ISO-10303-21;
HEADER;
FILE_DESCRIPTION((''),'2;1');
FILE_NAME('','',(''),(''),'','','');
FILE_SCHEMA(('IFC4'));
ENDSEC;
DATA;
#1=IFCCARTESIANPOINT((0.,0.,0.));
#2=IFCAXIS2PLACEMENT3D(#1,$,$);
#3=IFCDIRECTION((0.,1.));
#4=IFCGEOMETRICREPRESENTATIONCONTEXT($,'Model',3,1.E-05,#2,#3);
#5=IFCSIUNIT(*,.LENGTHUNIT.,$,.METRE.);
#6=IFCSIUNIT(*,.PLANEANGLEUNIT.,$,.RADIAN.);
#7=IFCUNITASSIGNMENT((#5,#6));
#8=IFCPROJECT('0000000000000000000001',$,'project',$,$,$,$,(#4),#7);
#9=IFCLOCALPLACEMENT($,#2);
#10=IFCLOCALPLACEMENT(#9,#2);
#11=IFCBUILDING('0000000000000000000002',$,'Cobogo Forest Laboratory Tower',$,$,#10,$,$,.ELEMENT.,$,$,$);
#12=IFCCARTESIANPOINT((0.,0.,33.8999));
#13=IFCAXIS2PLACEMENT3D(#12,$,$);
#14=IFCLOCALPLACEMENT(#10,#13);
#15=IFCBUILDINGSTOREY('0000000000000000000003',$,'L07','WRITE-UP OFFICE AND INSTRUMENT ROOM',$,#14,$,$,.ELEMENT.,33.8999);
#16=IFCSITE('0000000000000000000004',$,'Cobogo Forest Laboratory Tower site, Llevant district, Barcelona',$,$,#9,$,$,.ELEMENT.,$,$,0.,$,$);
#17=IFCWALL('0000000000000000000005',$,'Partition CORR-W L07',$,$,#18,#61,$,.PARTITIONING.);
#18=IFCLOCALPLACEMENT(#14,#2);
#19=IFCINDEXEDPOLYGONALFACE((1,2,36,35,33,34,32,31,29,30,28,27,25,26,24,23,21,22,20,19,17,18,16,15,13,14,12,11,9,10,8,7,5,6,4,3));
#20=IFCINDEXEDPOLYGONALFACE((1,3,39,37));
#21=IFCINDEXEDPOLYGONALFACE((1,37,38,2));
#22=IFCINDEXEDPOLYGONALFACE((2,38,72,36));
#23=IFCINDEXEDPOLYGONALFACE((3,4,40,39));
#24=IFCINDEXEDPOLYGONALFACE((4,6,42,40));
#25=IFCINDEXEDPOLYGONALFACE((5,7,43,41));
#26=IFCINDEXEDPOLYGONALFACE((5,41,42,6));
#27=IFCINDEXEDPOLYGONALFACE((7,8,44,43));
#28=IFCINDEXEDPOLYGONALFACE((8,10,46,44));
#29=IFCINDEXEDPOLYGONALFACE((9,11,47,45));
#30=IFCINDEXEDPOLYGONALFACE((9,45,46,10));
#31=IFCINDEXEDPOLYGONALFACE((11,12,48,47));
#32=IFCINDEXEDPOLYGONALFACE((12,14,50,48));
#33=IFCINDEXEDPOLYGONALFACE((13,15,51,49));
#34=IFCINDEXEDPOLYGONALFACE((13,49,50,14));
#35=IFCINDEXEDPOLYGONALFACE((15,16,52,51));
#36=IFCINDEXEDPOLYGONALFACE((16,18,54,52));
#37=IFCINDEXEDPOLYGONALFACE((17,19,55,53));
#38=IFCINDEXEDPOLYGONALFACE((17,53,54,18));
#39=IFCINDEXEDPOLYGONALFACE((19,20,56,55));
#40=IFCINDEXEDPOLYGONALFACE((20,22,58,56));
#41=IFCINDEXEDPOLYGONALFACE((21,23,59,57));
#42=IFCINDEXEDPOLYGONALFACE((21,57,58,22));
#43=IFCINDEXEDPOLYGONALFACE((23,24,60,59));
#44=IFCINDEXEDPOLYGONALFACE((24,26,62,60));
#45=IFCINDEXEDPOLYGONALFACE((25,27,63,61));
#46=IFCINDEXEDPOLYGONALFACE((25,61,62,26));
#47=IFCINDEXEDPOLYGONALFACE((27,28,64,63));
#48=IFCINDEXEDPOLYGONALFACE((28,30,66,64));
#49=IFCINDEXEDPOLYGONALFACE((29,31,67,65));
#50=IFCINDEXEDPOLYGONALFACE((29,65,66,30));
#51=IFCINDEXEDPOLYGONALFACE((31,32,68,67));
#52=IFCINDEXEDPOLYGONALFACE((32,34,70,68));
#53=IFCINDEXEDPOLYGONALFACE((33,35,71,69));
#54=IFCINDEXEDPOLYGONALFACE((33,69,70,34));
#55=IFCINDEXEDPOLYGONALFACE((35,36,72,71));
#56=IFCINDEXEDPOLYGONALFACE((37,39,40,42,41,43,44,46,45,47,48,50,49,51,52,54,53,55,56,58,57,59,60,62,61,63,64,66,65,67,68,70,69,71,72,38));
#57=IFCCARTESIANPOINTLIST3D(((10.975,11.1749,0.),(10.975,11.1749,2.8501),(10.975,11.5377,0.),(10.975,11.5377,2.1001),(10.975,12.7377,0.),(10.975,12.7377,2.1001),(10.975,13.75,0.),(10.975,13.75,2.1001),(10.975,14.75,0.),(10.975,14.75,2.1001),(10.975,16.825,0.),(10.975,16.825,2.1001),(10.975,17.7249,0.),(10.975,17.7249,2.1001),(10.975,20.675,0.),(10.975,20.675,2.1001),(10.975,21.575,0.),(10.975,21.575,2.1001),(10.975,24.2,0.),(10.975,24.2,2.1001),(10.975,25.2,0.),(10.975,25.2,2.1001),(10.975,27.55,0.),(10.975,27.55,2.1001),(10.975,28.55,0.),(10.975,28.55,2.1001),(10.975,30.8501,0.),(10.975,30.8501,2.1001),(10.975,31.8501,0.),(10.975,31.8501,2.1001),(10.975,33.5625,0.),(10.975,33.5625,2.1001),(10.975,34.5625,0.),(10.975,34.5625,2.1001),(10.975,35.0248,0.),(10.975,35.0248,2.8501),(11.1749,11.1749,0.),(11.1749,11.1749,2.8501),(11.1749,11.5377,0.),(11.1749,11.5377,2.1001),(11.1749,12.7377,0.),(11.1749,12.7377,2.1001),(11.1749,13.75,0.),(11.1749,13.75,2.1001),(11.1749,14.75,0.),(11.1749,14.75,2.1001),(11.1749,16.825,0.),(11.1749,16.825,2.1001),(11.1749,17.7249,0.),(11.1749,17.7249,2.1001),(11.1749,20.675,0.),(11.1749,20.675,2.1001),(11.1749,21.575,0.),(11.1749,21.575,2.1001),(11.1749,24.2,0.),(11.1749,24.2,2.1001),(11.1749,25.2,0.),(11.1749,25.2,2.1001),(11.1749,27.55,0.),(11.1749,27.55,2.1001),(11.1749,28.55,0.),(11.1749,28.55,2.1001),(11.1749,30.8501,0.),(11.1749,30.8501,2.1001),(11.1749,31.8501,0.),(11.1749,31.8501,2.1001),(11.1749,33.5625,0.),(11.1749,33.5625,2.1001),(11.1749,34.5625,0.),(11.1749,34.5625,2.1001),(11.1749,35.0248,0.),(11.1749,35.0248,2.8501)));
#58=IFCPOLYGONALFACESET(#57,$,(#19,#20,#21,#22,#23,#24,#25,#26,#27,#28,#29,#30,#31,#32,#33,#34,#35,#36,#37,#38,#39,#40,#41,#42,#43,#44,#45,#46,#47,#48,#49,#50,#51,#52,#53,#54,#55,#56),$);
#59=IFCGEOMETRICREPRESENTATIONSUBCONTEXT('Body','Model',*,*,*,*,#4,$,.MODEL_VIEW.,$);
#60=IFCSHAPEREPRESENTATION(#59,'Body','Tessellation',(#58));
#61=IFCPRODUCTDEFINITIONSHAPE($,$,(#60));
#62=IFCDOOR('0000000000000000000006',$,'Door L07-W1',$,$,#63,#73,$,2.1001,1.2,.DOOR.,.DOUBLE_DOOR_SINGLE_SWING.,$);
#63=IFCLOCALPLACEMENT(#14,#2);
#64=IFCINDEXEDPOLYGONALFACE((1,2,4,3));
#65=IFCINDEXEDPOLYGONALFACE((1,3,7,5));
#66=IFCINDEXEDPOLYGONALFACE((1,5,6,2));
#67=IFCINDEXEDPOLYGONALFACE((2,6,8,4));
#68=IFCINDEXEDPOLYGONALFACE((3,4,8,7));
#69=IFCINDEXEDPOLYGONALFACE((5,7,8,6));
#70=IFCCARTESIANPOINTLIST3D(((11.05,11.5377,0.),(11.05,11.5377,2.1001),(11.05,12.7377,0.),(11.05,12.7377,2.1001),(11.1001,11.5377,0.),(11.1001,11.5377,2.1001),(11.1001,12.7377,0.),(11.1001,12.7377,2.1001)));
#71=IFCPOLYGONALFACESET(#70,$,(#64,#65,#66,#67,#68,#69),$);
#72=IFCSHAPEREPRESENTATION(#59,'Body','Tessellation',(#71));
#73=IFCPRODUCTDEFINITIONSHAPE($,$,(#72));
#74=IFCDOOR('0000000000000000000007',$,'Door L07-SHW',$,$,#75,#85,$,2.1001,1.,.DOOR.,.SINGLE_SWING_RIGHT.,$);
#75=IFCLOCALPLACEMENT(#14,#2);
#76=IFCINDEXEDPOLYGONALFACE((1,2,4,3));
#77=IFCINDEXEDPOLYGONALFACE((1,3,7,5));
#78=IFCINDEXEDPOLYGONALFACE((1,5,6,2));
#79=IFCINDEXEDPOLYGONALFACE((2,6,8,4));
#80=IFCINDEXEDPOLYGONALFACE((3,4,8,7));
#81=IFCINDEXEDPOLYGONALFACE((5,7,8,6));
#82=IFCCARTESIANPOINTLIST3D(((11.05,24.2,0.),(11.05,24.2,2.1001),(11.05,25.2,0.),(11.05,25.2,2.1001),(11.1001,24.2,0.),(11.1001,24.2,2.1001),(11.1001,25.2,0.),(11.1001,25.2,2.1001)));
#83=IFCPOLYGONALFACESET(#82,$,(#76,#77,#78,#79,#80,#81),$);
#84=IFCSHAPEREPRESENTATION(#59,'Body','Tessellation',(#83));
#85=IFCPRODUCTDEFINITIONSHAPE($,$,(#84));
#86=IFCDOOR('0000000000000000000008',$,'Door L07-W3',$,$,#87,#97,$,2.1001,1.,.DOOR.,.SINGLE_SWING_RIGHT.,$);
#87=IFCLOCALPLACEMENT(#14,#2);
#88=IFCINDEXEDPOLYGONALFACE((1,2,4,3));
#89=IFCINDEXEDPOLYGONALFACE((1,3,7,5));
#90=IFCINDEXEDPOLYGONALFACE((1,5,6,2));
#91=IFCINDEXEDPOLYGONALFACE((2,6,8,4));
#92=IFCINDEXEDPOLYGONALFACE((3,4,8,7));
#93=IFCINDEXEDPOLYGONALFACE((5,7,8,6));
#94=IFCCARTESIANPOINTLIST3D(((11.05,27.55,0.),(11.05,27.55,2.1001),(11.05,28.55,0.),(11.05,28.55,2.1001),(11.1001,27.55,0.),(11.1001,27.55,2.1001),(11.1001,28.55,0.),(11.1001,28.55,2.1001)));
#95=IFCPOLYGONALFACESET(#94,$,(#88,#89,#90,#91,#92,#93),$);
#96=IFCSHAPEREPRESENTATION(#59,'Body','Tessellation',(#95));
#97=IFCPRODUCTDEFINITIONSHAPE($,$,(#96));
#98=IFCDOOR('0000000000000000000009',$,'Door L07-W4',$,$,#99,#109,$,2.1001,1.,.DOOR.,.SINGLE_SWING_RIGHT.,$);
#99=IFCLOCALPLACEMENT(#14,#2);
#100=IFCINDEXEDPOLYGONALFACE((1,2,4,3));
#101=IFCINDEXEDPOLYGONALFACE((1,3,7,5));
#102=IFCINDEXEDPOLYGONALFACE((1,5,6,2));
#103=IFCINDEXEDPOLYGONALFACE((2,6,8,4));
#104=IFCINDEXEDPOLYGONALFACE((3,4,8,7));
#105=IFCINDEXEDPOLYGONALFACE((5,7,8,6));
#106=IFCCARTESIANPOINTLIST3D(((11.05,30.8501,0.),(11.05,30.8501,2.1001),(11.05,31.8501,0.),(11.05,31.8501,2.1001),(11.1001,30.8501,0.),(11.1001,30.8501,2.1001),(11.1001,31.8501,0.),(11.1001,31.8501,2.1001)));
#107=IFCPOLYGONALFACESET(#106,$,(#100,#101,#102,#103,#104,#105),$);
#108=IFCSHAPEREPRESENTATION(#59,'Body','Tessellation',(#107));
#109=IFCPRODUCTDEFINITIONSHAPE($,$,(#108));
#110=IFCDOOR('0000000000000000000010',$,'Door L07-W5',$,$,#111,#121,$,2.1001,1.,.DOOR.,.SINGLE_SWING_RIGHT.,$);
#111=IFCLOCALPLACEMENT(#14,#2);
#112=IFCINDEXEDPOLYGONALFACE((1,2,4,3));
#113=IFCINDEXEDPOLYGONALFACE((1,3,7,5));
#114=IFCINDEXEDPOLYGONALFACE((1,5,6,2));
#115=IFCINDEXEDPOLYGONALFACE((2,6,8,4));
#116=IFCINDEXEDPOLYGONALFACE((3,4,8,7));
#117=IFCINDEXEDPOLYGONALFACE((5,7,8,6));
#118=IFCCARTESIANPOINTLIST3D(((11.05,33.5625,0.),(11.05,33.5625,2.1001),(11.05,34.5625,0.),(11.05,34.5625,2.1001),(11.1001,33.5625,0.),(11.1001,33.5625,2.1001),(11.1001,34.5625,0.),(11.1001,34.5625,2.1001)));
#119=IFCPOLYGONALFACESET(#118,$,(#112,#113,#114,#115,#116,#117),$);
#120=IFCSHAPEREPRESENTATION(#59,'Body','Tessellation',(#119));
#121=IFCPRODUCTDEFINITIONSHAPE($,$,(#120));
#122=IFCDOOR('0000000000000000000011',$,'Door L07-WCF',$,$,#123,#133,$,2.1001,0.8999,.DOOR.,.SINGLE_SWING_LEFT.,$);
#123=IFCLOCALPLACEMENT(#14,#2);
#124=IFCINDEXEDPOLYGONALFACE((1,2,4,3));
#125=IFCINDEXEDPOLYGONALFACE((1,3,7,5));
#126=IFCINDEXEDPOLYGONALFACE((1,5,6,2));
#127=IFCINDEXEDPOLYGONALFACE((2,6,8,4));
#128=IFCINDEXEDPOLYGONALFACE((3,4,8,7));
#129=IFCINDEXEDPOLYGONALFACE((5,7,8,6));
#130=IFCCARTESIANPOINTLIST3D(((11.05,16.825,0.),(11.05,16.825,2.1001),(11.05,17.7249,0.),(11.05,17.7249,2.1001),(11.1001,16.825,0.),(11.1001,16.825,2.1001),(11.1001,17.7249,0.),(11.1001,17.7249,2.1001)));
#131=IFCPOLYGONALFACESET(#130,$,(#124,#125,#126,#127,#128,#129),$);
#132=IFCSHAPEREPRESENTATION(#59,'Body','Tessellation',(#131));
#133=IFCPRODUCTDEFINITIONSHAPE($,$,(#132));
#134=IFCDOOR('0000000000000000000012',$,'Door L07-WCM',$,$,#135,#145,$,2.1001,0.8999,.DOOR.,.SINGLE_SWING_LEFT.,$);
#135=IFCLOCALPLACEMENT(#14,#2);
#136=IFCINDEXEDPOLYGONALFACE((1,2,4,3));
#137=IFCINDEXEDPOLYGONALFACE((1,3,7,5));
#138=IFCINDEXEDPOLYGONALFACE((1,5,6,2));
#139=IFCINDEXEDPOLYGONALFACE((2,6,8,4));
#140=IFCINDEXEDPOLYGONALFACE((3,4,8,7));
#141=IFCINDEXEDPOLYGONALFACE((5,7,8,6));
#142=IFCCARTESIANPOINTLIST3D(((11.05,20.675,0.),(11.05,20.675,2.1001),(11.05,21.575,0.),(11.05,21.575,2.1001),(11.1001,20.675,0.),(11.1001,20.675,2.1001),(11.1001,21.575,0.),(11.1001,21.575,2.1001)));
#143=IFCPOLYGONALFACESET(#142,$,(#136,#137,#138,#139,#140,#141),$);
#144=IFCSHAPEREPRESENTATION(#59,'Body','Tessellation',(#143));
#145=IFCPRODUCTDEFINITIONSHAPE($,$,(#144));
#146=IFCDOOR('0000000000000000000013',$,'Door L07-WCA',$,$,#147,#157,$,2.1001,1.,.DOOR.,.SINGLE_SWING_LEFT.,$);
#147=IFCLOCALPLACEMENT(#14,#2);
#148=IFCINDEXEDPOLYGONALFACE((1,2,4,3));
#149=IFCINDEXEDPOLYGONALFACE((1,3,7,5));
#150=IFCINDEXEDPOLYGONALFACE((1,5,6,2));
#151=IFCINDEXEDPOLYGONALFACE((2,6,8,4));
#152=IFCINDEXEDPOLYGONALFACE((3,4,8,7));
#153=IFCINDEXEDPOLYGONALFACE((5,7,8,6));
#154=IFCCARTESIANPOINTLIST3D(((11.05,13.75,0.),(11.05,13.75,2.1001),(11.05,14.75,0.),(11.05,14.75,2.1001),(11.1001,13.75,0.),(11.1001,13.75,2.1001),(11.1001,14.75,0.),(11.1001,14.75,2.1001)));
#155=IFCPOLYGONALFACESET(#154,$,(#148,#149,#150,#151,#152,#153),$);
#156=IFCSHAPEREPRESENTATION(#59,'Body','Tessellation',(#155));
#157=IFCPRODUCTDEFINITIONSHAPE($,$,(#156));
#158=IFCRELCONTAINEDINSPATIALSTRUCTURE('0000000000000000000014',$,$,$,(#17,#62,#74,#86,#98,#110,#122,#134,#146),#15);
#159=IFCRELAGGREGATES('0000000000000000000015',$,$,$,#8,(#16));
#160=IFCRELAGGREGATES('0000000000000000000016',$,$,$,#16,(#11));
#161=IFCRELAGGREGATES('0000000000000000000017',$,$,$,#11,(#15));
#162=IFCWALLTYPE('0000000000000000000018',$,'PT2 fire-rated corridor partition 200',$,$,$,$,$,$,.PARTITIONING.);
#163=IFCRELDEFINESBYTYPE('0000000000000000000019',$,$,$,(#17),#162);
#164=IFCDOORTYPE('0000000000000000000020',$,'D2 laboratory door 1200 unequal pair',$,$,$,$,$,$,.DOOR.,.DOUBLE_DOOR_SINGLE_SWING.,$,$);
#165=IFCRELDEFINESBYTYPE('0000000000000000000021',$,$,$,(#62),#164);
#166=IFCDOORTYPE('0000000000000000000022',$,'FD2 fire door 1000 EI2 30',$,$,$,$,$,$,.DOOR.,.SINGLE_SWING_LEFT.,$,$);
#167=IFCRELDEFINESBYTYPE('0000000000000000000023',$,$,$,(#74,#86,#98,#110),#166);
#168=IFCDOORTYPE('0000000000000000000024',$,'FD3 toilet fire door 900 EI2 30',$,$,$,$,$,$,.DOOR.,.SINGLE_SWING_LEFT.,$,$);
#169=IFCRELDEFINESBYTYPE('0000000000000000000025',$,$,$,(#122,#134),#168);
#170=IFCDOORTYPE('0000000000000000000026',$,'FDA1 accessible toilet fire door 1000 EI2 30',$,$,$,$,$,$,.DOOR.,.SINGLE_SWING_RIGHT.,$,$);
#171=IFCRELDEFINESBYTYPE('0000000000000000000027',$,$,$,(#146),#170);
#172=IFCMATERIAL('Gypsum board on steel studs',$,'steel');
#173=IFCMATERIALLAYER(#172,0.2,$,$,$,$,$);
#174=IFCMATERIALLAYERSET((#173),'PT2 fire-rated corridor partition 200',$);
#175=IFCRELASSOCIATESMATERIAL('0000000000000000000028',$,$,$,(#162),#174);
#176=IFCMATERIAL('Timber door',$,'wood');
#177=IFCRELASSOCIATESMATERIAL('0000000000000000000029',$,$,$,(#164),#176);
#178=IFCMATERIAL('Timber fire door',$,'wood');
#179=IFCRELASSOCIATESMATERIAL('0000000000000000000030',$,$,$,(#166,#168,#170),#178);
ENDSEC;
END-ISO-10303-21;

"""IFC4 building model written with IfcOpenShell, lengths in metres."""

from ifc_helpers import new_model, si_unit, direction, frame, frame_2d, origin, place, context, subcontext, project, spatial, rectangle, extrude, material, layer, layer_set, type_object, element, fill, save


model = new_model("IFC4")

# Units and contexts
model_context = context("Model", 3, precision=1e-05, world=origin(), true_north=direction((0.0, 1.0)))
body_context = subcontext(model_context, "Body", "Model", "MODEL_VIEW")
ifc_project = project(units=[si_unit("LENGTHUNIT", "METRE"), si_unit("PLANEANGLEUNIT", "RADIAN")], contexts=[model_context])

# Site, building, storey
site_placement = place(None, origin())
site = spatial("IfcSite", under=ifc_project, at=site_placement, Name="Cobogo Forest Laboratory Tower site, Llevant district, Barcelona", CompositionType="ELEMENT", RefElevation=0.0)
building_placement = place(site_placement, origin())
building = spatial("IfcBuilding", under=site, at=building_placement, Name="Cobogo Forest Laboratory Tower", CompositionType="ELEMENT")
storey_placement = place(building_placement, frame((0.0, 0.0, 33.8999)))
storey = spatial("IfcBuildingStorey", under=building, at=storey_placement, Name="L07", Description="WRITE-UP OFFICE AND INSTRUMENT ROOM", CompositionType="ELEMENT", Elevation=33.8999)

# Shared definitions
ifc_material_1 = material(Name="Gypsum board on steel studs", Category="steel")

# Wall, openings, doors
ifc_layer_1 = layer(ifc_material_1, 0.2)
ifc_layer_set_1 = layer_set([ifc_layer_1], Name="PT2 fire-rated corridor partition 200")
wall_type_1 = type_object("IfcWallType", Name="PT2 fire-rated corridor partition 200", PredefinedType="PARTITIONING", material=ifc_layer_set_1)
ifc_material_2 = material(Name="Timber door", Category="wood")
door_type_1 = type_object("IfcDoorType", Name="D2 laboratory door 1200 unequal pair", OperationType="DOUBLE_DOOR_SINGLE_SWING", PredefinedType="DOOR", material=ifc_material_2)
ifc_material_3 = material(Name="Timber fire door", Category="wood")
door_type_2 = type_object("IfcDoorType", Name="FD2 fire door 1000 EI2 30", OperationType="SINGLE_SWING_LEFT", PredefinedType="DOOR", material=ifc_material_3)
wall_1_placement = place(storey_placement, frame((11.075, 11.175, 0.0), z_axis=(0.0, 0.0, 1.0), x_axis=(0.0, 1.0, 0.0)))
wall_1 = element("IfcWall", 1, at=wall_1_placement, inside=storey, type_object=wall_type_1, Name="Partition CORR-W L07", PredefinedType="PARTITIONING", context=body_context, shape_type="SweptSolid", body=[
    extrude(rectangle(XDim=23.8499, YDim=0.2, at=frame_2d((11.9248, 0.0))), origin(), (0.0, 0.0, 1.0), 2.8501),
])
opening_1_placement = place(wall_1_placement, frame((0.3625, 0.0, 0.0)))
opening_1 = element("IfcOpeningElement", 2, at=opening_1_placement, cuts=wall_1, PredefinedType="OPENING", context=body_context, shape_type="SweptSolid", body=[
    extrude(rectangle(XDim=1.2, YDim=2.1001, at=frame_2d((0.6001, 1.05))), frame((0.0, 0.1099, 0.0), z_axis=(0.0, -1.0, 0.0), x_axis=(1.0, 0.0, 0.0)), (0.0, 0.0, 1.0), 0.22),
])
opening_2_placement = place(wall_1_placement, frame((2.575, 0.0, 0.0)))
opening_2 = element("IfcOpeningElement", 3, at=opening_2_placement, cuts=wall_1, PredefinedType="OPENING", context=body_context, shape_type="SweptSolid", body=[
    extrude(rectangle(XDim=1.0, YDim=2.1001, at=frame_2d((0.5, 1.05))), frame((0.0, 0.1099, 0.0), z_axis=(0.0, -1.0, 0.0), x_axis=(1.0, 0.0, 0.0)), (0.0, 0.0, 1.0), 0.22),
])
opening_3_placement = place(wall_1_placement, frame((5.6499, 0.0, 0.0)))
opening_3 = element("IfcOpeningElement", 4, at=opening_3_placement, cuts=wall_1, PredefinedType="OPENING", context=body_context, shape_type="SweptSolid", body=[
    extrude(rectangle(XDim=0.8999, YDim=2.1001, at=frame_2d((0.45, 1.05))), frame((0.0, 0.1099, 0.0), z_axis=(0.0, -1.0, 0.0), x_axis=(1.0, 0.0, 0.0)), (0.0, 0.0, 1.0), 0.22),
])
opening_4_placement = place(wall_1_placement, frame((9.5, 0.0, 0.0)))
opening_4 = element("IfcOpeningElement", 5, at=opening_4_placement, cuts=wall_1, PredefinedType="OPENING", context=body_context, shape_type="SweptSolid", body=[
    extrude(rectangle(XDim=0.8999, YDim=2.1001, at=frame_2d((0.45, 1.05))), frame((0.0, 0.1099, 0.0), z_axis=(0.0, -1.0, 0.0), x_axis=(1.0, 0.0, 0.0)), (0.0, 0.0, 1.0), 0.22),
])
opening_5_placement = place(wall_1_placement, frame((13.0249, 0.0, 0.0)))
opening_5 = element("IfcOpeningElement", 6, at=opening_5_placement, cuts=wall_1, PredefinedType="OPENING", context=body_context, shape_type="SweptSolid", body=[
    extrude(rectangle(XDim=1.0, YDim=2.1001, at=frame_2d((0.5, 1.05))), frame((0.0, 0.1099, 0.0), z_axis=(0.0, -1.0, 0.0), x_axis=(1.0, 0.0, 0.0)), (0.0, 0.0, 1.0), 0.22),
])
opening_6_placement = place(wall_1_placement, frame((16.375, 0.0, 0.0)))
opening_6 = element("IfcOpeningElement", 7, at=opening_6_placement, cuts=wall_1, PredefinedType="OPENING", context=body_context, shape_type="SweptSolid", body=[
    extrude(rectangle(XDim=1.0, YDim=2.1001, at=frame_2d((0.5, 1.05))), frame((0.0, 0.1099, 0.0), z_axis=(0.0, -1.0, 0.0), x_axis=(1.0, 0.0, 0.0)), (0.0, 0.0, 1.0), 0.22),
])
opening_7_placement = place(wall_1_placement, frame((19.675, 0.0, 0.0)))
opening_7 = element("IfcOpeningElement", 8, at=opening_7_placement, cuts=wall_1, PredefinedType="OPENING", context=body_context, shape_type="SweptSolid", body=[
    extrude(rectangle(XDim=1.0, YDim=2.1001, at=frame_2d((0.5, 1.05))), frame((0.0, 0.1099, 0.0), z_axis=(0.0, -1.0, 0.0), x_axis=(1.0, 0.0, 0.0)), (0.0, 0.0, 1.0), 0.22),
])
opening_8_placement = place(wall_1_placement, frame((22.3875, 0.0, 0.0)))
opening_8 = element("IfcOpeningElement", 9, at=opening_8_placement, cuts=wall_1, PredefinedType="OPENING", context=body_context, shape_type="SweptSolid", body=[
    extrude(rectangle(XDim=1.0, YDim=2.1001, at=frame_2d((0.5, 1.05))), frame((0.0, 0.1099, 0.0), z_axis=(0.0, -1.0, 0.0), x_axis=(1.0, 0.0, 0.0)), (0.0, 0.0, 1.0), 0.22),
])
door_1_placement = place(opening_1_placement, origin())
door_1 = element("IfcDoor", 10, at=door_1_placement, inside=storey, type_object=door_type_1, Name="Door L07-W1", OperationType="DOUBLE_DOOR_SINGLE_SWING", OverallHeight=2.1001, OverallWidth=1.2, PredefinedType="DOOR", context=body_context, shape_type="SweptSolid", body=[
    extrude(rectangle(XDim=1.2, YDim=2.1001, at=frame_2d((0.6001, 1.05))), frame((0.0, 0.0249, 0.0), z_axis=(0.0, -1.0, 0.0), x_axis=(1.0, 0.0, 0.0)), (0.0, 0.0, 1.0), 0.05),
])
fill(opening_1, door_1)
door_2_placement = place(opening_5_placement, origin())
door_2 = element("IfcDoor", 11, at=door_2_placement, inside=storey, type_object=door_type_2, Name="Door L07-SHW", OperationType="SINGLE_SWING_RIGHT", OverallHeight=2.1001, OverallWidth=1.0, PredefinedType="DOOR", context=body_context, shape_type="SweptSolid", body=[
    extrude(rectangle(XDim=1.0, YDim=2.1001, at=frame_2d((0.5, 1.05))), frame((0.0, 0.0249, 0.0), z_axis=(0.0, -1.0, 0.0), x_axis=(1.0, 0.0, 0.0)), (0.0, 0.0, 1.0), 0.05),
])
fill(opening_5, door_2)
door_3_placement = place(opening_6_placement, origin())
door_3 = element("IfcDoor", 12, at=door_3_placement, inside=storey, type_object=door_type_2, Name="Door L07-W3", OperationType="SINGLE_SWING_RIGHT", OverallHeight=2.1001, OverallWidth=1.0, PredefinedType="DOOR", context=body_context, shape_type="SweptSolid", body=[
    extrude(rectangle(XDim=1.0, YDim=2.1001, at=frame_2d((0.5, 1.05))), frame((0.0, 0.0249, 0.0), z_axis=(0.0, -1.0, 0.0), x_axis=(1.0, 0.0, 0.0)), (0.0, 0.0, 1.0), 0.05),
])
fill(opening_6, door_3)
door_4_placement = place(opening_7_placement, origin())
door_4 = element("IfcDoor", 13, at=door_4_placement, inside=storey, type_object=door_type_2, Name="Door L07-W4", OperationType="SINGLE_SWING_RIGHT", OverallHeight=2.1001, OverallWidth=1.0, PredefinedType="DOOR", context=body_context, shape_type="SweptSolid", body=[
    extrude(rectangle(XDim=1.0, YDim=2.1001, at=frame_2d((0.5, 1.05))), frame((0.0, 0.0249, 0.0), z_axis=(0.0, -1.0, 0.0), x_axis=(1.0, 0.0, 0.0)), (0.0, 0.0, 1.0), 0.05),
])
fill(opening_7, door_4)
door_5_placement = place(opening_8_placement, origin())
door_5 = element("IfcDoor", 14, at=door_5_placement, inside=storey, type_object=door_type_2, Name="Door L07-W5", OperationType="SINGLE_SWING_RIGHT", OverallHeight=2.1001, OverallWidth=1.0, PredefinedType="DOOR", context=body_context, shape_type="SweptSolid", body=[
    extrude(rectangle(XDim=1.0, YDim=2.1001, at=frame_2d((0.5, 1.05))), frame((0.0, 0.0249, 0.0), z_axis=(0.0, -1.0, 0.0), x_axis=(1.0, 0.0, 0.0)), (0.0, 0.0, 1.0), 0.05),
])
fill(opening_8, door_5)
door_type_3 = type_object("IfcDoorType", Name="FD3 toilet fire door 900 EI2 30", OperationType="SINGLE_SWING_LEFT", PredefinedType="DOOR", material=ifc_material_3)
door_6_placement = place(opening_3_placement, origin())
door_6 = element("IfcDoor", 15, at=door_6_placement, inside=storey, type_object=door_type_3, Name="Door L07-WCF", OperationType="SINGLE_SWING_LEFT", OverallHeight=2.1001, OverallWidth=0.8999, PredefinedType="DOOR", context=body_context, shape_type="SweptSolid", body=[
    extrude(rectangle(XDim=0.8999, YDim=2.1001, at=frame_2d((0.45, 1.05))), frame((0.0, 0.0249, 0.0), z_axis=(0.0, -1.0, 0.0), x_axis=(1.0, 0.0, 0.0)), (0.0, 0.0, 1.0), 0.05),
])
fill(opening_3, door_6)
door_7_placement = place(opening_4_placement, origin())
door_7 = element("IfcDoor", 16, at=door_7_placement, inside=storey, type_object=door_type_3, Name="Door L07-WCM", OperationType="SINGLE_SWING_LEFT", OverallHeight=2.1001, OverallWidth=0.8999, PredefinedType="DOOR", context=body_context, shape_type="SweptSolid", body=[
    extrude(rectangle(XDim=0.8999, YDim=2.1001, at=frame_2d((0.45, 1.05))), frame((0.0, 0.0249, 0.0), z_axis=(0.0, -1.0, 0.0), x_axis=(1.0, 0.0, 0.0)), (0.0, 0.0, 1.0), 0.05),
])
fill(opening_4, door_7)
door_type_4 = type_object("IfcDoorType", Name="FDA1 accessible toilet fire door 1000 EI2 30", OperationType="SINGLE_SWING_RIGHT", PredefinedType="DOOR", material=ifc_material_3)
door_8_placement = place(opening_2_placement, origin())
door_8 = element("IfcDoor", 17, at=door_8_placement, inside=storey, type_object=door_type_4, Name="Door L07-WCA", OperationType="SINGLE_SWING_LEFT", OverallHeight=2.1001, OverallWidth=1.0, PredefinedType="DOOR", context=body_context, shape_type="SweptSolid", body=[
    extrude(rectangle(XDim=1.0, YDim=2.1001, at=frame_2d((0.5, 1.05))), frame((0.0, 0.0249, 0.0), z_axis=(0.0, -1.0, 0.0), x_axis=(1.0, 0.0, 0.0)), (0.0, 0.0, 1.0), 0.05),
])
fill(opening_2, door_8)

save(model, "model.ifc")
